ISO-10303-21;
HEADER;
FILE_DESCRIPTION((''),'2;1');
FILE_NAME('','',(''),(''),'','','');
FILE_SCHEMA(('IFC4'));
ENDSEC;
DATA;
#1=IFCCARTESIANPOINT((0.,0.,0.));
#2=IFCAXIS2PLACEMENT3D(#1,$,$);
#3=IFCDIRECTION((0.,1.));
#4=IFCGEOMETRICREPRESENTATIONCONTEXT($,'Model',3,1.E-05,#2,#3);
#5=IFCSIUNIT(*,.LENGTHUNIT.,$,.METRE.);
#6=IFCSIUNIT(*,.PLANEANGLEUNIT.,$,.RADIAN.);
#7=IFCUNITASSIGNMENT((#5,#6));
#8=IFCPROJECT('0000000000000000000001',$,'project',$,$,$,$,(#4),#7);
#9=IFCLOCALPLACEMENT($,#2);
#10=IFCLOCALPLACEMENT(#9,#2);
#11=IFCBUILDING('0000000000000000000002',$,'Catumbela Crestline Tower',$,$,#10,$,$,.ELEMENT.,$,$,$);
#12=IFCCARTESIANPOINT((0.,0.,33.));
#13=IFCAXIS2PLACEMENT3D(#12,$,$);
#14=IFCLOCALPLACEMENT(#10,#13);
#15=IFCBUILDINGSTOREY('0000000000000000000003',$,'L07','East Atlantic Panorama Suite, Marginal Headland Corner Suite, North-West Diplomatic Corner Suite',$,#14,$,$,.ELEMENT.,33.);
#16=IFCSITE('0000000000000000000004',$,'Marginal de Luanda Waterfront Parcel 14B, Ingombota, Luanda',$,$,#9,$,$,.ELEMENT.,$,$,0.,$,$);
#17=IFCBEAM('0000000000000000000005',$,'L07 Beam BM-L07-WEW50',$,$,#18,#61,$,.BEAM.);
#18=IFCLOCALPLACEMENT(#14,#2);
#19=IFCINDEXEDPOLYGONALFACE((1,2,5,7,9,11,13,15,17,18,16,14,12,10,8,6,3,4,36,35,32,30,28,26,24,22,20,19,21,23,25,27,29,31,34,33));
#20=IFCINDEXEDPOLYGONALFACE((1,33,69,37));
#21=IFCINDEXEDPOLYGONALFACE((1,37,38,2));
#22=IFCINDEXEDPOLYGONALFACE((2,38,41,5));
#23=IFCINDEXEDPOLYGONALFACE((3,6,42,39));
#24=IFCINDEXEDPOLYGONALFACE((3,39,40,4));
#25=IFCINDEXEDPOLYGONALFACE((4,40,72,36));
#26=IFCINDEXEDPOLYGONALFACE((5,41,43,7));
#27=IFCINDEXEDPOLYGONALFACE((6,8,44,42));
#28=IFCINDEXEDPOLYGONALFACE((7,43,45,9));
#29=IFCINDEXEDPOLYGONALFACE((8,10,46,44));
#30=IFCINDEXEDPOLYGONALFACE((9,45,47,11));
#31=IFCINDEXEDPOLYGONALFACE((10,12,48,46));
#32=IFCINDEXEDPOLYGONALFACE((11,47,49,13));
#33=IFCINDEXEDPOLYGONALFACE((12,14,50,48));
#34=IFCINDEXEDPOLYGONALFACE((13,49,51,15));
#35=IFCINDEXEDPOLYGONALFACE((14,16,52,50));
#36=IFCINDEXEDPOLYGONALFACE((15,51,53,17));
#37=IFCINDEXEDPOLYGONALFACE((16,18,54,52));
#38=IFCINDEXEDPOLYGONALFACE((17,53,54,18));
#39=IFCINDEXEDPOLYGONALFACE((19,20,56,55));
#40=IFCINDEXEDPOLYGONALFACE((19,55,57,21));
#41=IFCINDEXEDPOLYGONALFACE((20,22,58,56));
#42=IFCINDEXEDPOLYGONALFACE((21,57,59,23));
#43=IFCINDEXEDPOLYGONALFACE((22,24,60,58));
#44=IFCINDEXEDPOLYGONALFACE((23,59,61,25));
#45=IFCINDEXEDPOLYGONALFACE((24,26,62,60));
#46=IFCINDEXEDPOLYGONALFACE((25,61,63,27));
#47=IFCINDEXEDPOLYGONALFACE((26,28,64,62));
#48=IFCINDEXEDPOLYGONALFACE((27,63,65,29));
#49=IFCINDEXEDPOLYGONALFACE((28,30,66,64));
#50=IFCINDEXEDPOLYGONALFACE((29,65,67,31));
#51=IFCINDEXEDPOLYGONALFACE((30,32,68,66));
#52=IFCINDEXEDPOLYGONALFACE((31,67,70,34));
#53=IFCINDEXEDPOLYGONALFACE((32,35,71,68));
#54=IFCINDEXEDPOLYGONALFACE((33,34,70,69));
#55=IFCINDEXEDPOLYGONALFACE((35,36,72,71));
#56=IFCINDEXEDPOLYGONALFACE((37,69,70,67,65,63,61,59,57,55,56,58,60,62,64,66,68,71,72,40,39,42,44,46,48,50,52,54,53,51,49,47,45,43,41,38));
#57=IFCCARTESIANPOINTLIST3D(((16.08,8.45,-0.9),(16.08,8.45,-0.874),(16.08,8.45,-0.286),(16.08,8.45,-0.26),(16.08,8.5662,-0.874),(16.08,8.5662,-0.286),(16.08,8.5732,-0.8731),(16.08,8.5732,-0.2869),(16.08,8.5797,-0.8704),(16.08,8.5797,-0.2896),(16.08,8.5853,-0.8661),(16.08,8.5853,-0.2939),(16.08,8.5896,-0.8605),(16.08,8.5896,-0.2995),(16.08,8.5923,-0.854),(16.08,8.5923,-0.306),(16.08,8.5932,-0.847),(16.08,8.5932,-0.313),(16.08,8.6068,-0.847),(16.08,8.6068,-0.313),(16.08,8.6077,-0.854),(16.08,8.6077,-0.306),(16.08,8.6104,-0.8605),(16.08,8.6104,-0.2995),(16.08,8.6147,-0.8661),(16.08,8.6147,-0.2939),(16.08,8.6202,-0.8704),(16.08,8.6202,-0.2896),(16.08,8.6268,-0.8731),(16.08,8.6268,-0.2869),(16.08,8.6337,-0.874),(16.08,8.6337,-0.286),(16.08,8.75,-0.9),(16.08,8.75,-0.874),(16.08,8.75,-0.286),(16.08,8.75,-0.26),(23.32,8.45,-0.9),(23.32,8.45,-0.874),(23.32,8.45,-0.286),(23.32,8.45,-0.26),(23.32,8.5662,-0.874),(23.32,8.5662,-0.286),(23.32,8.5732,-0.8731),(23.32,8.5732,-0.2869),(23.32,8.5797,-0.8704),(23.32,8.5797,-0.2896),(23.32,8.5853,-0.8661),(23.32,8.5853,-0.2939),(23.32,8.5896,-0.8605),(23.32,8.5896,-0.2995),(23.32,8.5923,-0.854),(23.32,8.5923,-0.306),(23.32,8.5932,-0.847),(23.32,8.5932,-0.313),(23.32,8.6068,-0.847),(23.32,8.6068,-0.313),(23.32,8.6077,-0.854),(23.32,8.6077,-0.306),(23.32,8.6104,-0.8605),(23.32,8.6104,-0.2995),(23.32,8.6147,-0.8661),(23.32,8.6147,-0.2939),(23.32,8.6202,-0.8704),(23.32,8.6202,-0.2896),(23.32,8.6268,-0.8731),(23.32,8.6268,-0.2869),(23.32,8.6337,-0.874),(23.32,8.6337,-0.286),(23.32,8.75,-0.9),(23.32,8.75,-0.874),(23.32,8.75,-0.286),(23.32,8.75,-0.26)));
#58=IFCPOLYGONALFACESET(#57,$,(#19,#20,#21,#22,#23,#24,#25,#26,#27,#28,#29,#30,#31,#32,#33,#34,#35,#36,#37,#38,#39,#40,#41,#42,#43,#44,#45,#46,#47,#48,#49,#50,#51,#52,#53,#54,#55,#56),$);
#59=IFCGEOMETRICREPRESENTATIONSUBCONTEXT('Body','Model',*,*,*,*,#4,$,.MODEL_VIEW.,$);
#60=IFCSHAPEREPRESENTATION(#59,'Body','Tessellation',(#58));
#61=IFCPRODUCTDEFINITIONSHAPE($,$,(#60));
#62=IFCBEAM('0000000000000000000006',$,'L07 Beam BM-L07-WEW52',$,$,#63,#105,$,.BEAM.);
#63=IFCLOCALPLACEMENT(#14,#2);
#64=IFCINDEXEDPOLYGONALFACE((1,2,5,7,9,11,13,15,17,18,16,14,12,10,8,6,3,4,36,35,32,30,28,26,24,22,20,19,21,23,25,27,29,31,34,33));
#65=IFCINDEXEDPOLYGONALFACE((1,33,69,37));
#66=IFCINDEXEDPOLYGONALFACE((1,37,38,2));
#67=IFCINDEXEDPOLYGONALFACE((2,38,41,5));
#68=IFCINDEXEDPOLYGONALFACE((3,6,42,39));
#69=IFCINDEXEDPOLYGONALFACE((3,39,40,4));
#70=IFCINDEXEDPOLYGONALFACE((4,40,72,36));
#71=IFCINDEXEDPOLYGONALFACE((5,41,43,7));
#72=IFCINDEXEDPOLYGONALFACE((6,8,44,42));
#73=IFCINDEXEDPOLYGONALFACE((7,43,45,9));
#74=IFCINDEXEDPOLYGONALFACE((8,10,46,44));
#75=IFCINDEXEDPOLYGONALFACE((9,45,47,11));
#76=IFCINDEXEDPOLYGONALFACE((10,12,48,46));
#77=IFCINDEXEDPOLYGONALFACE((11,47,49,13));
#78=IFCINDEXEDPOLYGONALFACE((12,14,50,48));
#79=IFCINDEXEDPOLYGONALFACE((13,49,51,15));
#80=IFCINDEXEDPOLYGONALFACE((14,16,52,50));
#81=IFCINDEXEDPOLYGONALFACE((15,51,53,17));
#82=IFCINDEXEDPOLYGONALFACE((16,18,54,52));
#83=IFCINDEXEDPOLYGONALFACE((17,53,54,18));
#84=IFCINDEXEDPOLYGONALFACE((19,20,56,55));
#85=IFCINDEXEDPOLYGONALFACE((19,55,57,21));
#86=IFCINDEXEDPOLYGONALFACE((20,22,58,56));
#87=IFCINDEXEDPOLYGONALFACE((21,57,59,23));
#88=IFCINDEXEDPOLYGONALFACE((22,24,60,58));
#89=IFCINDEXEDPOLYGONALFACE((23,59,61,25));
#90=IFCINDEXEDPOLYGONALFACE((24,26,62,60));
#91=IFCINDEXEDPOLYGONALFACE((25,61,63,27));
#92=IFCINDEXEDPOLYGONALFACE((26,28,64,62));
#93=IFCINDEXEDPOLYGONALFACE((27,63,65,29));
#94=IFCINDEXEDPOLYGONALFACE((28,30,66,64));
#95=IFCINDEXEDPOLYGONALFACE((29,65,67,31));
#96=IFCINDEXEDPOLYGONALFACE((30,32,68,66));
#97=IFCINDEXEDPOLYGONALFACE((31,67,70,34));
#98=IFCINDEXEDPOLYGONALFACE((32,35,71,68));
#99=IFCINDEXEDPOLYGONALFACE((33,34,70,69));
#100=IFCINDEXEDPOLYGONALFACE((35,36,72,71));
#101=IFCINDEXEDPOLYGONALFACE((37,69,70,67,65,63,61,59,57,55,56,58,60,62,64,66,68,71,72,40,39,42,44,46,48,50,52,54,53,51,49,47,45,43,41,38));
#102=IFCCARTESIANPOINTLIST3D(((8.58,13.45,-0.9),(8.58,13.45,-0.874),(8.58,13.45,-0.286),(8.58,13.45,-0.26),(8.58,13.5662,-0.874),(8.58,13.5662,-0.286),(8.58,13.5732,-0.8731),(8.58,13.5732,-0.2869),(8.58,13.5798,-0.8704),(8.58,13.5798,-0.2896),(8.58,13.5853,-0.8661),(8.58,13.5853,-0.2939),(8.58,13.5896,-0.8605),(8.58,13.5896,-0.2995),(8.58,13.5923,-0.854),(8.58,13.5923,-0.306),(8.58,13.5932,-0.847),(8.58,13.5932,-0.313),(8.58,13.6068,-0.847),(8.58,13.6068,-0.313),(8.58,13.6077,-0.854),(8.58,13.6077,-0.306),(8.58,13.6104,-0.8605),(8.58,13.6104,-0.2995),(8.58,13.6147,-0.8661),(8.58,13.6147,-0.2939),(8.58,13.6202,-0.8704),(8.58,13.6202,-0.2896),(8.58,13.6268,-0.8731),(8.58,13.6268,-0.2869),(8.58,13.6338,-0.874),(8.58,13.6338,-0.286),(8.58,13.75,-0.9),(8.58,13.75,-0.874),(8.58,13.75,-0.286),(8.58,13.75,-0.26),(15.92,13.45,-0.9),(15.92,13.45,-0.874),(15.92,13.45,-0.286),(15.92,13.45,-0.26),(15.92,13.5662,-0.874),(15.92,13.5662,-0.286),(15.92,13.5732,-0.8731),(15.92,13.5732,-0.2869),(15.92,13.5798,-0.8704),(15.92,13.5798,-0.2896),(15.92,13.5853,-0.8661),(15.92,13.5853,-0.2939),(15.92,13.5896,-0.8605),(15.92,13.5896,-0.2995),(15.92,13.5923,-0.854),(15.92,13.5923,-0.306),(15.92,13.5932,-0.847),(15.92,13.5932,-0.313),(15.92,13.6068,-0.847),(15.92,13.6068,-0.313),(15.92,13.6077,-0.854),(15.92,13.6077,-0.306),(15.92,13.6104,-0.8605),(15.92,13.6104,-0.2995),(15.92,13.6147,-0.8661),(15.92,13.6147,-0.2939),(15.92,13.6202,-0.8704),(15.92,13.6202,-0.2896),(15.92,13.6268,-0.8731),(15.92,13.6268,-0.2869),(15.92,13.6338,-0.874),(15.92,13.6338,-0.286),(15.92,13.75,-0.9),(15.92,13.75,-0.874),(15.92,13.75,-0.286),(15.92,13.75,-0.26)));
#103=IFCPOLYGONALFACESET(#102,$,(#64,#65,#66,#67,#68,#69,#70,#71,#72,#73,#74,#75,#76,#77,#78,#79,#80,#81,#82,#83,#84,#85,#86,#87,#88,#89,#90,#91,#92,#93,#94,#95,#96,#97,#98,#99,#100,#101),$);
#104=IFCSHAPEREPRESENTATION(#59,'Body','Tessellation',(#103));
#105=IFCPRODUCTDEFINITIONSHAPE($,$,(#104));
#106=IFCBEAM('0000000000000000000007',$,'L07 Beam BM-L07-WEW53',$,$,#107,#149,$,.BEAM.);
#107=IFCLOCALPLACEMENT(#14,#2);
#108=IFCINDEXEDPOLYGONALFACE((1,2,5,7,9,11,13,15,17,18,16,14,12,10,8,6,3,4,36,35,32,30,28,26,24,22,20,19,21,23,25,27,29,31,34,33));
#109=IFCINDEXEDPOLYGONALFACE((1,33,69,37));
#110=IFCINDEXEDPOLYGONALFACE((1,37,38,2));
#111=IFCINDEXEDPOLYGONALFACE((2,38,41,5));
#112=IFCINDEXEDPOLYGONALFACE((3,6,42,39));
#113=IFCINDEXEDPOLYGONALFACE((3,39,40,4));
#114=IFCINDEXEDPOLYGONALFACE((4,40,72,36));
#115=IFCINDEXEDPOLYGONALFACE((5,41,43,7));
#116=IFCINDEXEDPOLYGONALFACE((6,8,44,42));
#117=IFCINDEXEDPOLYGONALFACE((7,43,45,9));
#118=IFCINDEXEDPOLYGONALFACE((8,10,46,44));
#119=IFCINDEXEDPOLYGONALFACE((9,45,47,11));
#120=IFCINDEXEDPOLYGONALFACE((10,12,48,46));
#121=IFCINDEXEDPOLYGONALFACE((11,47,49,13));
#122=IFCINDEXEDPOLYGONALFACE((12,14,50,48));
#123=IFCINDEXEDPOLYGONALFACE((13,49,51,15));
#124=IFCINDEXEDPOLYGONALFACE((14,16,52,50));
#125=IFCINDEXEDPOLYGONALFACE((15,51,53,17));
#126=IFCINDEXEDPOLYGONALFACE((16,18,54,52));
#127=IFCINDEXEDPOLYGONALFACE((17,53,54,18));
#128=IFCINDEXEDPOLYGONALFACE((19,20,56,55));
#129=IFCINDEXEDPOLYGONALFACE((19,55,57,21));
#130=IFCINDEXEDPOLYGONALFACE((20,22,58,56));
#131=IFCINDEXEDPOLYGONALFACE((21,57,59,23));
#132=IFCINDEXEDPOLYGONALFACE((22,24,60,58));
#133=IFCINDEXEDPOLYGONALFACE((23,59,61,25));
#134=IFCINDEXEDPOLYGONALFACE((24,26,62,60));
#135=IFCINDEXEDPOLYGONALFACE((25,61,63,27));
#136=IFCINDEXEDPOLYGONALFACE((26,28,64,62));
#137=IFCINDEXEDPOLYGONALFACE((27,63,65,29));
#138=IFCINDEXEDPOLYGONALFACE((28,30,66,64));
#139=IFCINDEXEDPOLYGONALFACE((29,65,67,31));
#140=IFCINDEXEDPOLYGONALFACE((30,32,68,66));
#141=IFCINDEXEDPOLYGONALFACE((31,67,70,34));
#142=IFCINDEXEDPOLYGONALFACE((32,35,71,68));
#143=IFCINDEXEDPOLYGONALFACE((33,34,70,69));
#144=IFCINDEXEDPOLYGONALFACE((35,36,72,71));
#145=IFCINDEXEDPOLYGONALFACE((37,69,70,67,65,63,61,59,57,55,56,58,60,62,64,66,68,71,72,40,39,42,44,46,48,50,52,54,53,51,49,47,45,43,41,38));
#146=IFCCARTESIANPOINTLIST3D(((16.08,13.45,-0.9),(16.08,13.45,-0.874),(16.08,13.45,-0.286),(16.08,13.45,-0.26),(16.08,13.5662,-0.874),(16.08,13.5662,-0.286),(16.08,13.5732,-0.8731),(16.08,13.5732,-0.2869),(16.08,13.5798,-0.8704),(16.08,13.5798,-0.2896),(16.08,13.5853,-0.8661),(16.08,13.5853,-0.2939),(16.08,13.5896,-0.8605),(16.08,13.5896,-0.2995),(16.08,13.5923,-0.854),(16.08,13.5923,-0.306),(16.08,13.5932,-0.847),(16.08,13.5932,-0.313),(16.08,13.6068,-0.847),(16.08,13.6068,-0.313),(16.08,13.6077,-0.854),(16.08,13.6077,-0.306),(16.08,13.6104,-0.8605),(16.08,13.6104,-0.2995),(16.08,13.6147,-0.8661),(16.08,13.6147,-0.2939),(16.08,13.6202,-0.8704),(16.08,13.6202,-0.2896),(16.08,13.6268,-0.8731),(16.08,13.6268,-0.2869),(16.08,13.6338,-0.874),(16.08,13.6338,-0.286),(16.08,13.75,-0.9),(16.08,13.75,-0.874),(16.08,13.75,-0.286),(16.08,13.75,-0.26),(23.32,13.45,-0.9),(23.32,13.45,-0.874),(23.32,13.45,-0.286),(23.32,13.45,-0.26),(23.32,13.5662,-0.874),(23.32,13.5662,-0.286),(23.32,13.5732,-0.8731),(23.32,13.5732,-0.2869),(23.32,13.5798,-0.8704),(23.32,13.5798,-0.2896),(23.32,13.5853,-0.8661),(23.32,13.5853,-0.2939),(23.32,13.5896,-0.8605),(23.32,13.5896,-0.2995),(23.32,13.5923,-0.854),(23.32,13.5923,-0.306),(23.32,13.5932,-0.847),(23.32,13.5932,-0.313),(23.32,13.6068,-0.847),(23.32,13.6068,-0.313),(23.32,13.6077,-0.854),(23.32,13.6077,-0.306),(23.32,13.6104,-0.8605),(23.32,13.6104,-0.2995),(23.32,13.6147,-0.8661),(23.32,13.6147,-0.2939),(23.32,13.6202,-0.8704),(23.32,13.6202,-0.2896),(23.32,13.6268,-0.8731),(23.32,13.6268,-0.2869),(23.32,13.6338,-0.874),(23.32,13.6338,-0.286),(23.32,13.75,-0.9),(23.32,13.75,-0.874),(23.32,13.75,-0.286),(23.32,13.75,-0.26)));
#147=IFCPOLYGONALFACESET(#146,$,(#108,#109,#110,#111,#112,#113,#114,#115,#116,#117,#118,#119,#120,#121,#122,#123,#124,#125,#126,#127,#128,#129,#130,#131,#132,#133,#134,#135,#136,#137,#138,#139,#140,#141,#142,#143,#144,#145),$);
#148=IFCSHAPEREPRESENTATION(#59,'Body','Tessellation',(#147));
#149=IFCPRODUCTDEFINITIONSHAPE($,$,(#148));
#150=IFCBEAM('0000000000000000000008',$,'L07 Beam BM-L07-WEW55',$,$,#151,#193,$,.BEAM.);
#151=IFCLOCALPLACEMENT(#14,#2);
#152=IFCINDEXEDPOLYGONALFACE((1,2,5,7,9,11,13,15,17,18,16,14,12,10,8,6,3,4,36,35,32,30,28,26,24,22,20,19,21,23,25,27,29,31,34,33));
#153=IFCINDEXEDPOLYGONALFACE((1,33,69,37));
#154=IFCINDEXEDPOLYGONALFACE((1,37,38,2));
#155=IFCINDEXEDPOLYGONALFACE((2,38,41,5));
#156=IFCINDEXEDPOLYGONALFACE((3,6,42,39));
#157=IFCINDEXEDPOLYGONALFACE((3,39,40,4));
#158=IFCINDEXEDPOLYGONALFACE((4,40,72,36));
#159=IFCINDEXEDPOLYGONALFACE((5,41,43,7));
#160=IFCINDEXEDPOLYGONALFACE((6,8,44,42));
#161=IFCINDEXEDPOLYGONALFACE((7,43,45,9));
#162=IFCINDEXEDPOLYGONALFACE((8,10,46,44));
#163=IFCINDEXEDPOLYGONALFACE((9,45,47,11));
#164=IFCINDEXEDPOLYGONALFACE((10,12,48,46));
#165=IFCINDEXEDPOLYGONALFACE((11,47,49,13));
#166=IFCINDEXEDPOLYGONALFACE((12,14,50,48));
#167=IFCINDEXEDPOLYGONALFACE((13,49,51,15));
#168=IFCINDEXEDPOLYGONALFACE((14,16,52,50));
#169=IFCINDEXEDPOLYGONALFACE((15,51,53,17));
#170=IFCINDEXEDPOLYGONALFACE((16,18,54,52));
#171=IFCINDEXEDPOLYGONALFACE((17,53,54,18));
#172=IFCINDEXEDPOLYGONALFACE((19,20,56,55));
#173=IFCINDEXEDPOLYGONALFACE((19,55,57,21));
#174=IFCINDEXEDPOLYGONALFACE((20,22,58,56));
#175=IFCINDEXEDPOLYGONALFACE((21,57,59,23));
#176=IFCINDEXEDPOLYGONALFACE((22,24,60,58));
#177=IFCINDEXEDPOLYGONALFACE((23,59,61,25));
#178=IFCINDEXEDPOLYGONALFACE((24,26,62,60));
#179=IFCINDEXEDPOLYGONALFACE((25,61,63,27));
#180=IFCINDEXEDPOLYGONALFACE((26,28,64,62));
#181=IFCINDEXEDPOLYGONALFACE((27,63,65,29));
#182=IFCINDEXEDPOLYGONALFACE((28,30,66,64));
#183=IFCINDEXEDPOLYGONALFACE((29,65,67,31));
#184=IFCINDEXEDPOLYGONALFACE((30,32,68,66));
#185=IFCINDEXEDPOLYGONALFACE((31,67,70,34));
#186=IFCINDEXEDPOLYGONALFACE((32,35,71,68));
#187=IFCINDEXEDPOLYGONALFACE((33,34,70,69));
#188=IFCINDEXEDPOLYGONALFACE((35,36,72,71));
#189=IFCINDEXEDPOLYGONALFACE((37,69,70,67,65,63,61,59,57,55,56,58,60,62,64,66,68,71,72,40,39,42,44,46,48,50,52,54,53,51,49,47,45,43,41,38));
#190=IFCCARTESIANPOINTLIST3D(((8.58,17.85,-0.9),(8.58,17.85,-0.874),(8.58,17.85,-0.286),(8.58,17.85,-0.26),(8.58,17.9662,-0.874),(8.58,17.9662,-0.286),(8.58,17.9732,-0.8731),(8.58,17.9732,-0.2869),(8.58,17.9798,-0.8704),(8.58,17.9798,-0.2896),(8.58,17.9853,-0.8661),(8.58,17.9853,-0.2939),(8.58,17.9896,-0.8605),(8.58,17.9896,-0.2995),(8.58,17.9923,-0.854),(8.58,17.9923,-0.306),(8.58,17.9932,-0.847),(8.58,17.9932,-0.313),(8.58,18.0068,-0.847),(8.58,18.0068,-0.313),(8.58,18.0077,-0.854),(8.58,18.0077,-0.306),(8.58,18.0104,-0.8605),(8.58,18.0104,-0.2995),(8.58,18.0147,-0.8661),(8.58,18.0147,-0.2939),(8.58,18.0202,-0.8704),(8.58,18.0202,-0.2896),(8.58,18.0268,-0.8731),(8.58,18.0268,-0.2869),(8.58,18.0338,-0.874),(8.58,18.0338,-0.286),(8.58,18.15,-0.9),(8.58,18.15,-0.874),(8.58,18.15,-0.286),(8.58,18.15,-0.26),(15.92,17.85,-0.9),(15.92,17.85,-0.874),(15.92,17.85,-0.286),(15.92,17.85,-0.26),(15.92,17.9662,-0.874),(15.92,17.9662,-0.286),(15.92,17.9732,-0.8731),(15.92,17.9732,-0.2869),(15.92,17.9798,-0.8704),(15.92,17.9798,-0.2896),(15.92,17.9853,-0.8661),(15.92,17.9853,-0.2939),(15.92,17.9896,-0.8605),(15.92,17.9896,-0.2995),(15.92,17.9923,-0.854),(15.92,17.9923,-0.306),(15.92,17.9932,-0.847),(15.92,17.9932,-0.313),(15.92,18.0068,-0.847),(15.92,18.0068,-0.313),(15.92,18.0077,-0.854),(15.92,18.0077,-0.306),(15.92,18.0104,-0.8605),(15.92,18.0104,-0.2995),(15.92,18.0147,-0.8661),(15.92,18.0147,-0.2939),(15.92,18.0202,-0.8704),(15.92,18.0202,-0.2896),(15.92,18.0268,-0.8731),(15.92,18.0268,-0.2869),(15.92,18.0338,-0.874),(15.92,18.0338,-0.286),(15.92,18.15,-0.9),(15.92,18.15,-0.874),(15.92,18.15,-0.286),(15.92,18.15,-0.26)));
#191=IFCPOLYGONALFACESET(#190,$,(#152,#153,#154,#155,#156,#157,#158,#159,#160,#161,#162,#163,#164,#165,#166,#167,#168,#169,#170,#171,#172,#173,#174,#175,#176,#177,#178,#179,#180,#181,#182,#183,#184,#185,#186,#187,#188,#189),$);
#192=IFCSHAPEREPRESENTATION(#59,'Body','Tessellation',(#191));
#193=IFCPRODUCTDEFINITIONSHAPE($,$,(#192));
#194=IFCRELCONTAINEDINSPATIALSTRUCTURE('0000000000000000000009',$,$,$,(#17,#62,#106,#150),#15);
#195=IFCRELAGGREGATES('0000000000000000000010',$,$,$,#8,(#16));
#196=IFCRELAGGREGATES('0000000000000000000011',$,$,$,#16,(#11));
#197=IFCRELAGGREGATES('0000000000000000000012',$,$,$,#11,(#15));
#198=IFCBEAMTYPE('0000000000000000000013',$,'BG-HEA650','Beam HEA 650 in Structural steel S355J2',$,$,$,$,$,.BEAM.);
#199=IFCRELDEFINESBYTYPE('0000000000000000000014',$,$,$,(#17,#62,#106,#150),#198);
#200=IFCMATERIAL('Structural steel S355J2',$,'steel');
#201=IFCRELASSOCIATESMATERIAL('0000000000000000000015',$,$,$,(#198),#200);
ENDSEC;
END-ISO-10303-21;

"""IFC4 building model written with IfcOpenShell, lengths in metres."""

from ifc_helpers import new_model, si_unit, direction, frame, origin, origin_2d, place, context, subcontext, project, spatial, i_section, extrude, material, material_profile, profile_set, type_object, element, save


model = new_model("IFC4")

# Units and contexts
model_context = context("Model", 3, precision=1e-05, world=origin(), true_north=direction((0.0, 1.0)))
body_context = subcontext(model_context, "Body", "Model", "MODEL_VIEW")
ifc_project = project(units=[si_unit("LENGTHUNIT", "METRE"), si_unit("PLANEANGLEUNIT", "RADIAN")], contexts=[model_context])

# Site, building, storey
site_placement = place(None, origin())
site = spatial("IfcSite", under=ifc_project, at=site_placement, Name="Marginal de Luanda Waterfront Parcel 14B, Ingombota, Luanda", CompositionType="ELEMENT", RefElevation=0.0)
building_placement = place(site_placement, origin())
building = spatial("IfcBuilding", under=site, at=building_placement, Name="Catumbela Crestline Tower", CompositionType="ELEMENT")
storey_placement = place(building_placement, frame((0.0, 0.0, 33.0)))
storey = spatial("IfcBuildingStorey", under=building, at=storey_placement, Name="L07", Description="East Atlantic Panorama Suite, Marginal Headland Corner Suite, North-West Diplomatic Corner Suite", CompositionType="ELEMENT", Elevation=33.0)

# Beams
ifc_material_1 = material(Name="Structural steel S355J2", Category="steel")
ifc_material_profile_1 = material_profile(ifc_material_1, i_section(OverallWidth=0.3, OverallDepth=0.64, WebThickness=0.0135, FlangeThickness=0.026, FilletRadius=0.027, at=origin_2d()), Name="HEA 650")
ifc_profile_set_1 = profile_set([ifc_material_profile_1], Name="Structural steel S355J2")
beam_type_1 = type_object("IfcBeamType", Name="BG-HEA650", Description="Beam HEA 650 in Structural steel S355J2", PredefinedType="BEAM", material=ifc_profile_set_1)
beam_1_placement = place(storey_placement, frame((16.08, 8.6, -0.58), z_axis=(1.0, 0.0, 0.0), x_axis=(0.0, 1.0, 0.0)))
element("IfcBeam", 1, at=beam_1_placement, inside=storey, type_object=beam_type_1, Name="L07 Beam BM-L07-WEW50", PredefinedType="BEAM", context=body_context, shape_type="SweptSolid", body=[
    extrude(i_section(OverallWidth=0.3, OverallDepth=0.64, WebThickness=0.0135, FlangeThickness=0.026, FilletRadius=0.027, at=origin_2d()), origin(), (0.0, 0.0, 1.0), 7.24),
])
beam_2_placement = place(storey_placement, frame((8.58, 13.6, -0.58), z_axis=(1.0, 0.0, 0.0), x_axis=(0.0, 1.0, 0.0)))
element("IfcBeam", 2, at=beam_2_placement, inside=storey, type_object=beam_type_1, Name="L07 Beam BM-L07-WEW52", PredefinedType="BEAM", context=body_context, shape_type="SweptSolid", body=[
    extrude(i_section(OverallWidth=0.3, OverallDepth=0.64, WebThickness=0.0135, FlangeThickness=0.026, FilletRadius=0.027, at=origin_2d()), origin(), (0.0, 0.0, 1.0), 7.34),
])
beam_3_placement = place(storey_placement, frame((16.08, 13.6, -0.58), z_axis=(1.0, 0.0, 0.0), x_axis=(0.0, 1.0, 0.0)))
element("IfcBeam", 3, at=beam_3_placement, inside=storey, type_object=beam_type_1, Name="L07 Beam BM-L07-WEW53", PredefinedType="BEAM", context=body_context, shape_type="SweptSolid", body=[
    extrude(i_section(OverallWidth=0.3, OverallDepth=0.64, WebThickness=0.0135, FlangeThickness=0.026, FilletRadius=0.027, at=origin_2d()), origin(), (0.0, 0.0, 1.0), 7.24),
])
beam_4_placement = place(storey_placement, frame((8.58, 18.0, -0.58), z_axis=(1.0, 0.0, 0.0), x_axis=(0.0, 1.0, 0.0)))
element("IfcBeam", 4, at=beam_4_placement, inside=storey, type_object=beam_type_1, Name="L07 Beam BM-L07-WEW55", PredefinedType="BEAM", context=body_context, shape_type="SweptSolid", body=[
    extrude(i_section(OverallWidth=0.3, OverallDepth=0.64, WebThickness=0.0135, FlangeThickness=0.026, FilletRadius=0.027, at=origin_2d()), origin(), (0.0, 0.0, 1.0), 7.34),
])

save(model, "model.ifc")
